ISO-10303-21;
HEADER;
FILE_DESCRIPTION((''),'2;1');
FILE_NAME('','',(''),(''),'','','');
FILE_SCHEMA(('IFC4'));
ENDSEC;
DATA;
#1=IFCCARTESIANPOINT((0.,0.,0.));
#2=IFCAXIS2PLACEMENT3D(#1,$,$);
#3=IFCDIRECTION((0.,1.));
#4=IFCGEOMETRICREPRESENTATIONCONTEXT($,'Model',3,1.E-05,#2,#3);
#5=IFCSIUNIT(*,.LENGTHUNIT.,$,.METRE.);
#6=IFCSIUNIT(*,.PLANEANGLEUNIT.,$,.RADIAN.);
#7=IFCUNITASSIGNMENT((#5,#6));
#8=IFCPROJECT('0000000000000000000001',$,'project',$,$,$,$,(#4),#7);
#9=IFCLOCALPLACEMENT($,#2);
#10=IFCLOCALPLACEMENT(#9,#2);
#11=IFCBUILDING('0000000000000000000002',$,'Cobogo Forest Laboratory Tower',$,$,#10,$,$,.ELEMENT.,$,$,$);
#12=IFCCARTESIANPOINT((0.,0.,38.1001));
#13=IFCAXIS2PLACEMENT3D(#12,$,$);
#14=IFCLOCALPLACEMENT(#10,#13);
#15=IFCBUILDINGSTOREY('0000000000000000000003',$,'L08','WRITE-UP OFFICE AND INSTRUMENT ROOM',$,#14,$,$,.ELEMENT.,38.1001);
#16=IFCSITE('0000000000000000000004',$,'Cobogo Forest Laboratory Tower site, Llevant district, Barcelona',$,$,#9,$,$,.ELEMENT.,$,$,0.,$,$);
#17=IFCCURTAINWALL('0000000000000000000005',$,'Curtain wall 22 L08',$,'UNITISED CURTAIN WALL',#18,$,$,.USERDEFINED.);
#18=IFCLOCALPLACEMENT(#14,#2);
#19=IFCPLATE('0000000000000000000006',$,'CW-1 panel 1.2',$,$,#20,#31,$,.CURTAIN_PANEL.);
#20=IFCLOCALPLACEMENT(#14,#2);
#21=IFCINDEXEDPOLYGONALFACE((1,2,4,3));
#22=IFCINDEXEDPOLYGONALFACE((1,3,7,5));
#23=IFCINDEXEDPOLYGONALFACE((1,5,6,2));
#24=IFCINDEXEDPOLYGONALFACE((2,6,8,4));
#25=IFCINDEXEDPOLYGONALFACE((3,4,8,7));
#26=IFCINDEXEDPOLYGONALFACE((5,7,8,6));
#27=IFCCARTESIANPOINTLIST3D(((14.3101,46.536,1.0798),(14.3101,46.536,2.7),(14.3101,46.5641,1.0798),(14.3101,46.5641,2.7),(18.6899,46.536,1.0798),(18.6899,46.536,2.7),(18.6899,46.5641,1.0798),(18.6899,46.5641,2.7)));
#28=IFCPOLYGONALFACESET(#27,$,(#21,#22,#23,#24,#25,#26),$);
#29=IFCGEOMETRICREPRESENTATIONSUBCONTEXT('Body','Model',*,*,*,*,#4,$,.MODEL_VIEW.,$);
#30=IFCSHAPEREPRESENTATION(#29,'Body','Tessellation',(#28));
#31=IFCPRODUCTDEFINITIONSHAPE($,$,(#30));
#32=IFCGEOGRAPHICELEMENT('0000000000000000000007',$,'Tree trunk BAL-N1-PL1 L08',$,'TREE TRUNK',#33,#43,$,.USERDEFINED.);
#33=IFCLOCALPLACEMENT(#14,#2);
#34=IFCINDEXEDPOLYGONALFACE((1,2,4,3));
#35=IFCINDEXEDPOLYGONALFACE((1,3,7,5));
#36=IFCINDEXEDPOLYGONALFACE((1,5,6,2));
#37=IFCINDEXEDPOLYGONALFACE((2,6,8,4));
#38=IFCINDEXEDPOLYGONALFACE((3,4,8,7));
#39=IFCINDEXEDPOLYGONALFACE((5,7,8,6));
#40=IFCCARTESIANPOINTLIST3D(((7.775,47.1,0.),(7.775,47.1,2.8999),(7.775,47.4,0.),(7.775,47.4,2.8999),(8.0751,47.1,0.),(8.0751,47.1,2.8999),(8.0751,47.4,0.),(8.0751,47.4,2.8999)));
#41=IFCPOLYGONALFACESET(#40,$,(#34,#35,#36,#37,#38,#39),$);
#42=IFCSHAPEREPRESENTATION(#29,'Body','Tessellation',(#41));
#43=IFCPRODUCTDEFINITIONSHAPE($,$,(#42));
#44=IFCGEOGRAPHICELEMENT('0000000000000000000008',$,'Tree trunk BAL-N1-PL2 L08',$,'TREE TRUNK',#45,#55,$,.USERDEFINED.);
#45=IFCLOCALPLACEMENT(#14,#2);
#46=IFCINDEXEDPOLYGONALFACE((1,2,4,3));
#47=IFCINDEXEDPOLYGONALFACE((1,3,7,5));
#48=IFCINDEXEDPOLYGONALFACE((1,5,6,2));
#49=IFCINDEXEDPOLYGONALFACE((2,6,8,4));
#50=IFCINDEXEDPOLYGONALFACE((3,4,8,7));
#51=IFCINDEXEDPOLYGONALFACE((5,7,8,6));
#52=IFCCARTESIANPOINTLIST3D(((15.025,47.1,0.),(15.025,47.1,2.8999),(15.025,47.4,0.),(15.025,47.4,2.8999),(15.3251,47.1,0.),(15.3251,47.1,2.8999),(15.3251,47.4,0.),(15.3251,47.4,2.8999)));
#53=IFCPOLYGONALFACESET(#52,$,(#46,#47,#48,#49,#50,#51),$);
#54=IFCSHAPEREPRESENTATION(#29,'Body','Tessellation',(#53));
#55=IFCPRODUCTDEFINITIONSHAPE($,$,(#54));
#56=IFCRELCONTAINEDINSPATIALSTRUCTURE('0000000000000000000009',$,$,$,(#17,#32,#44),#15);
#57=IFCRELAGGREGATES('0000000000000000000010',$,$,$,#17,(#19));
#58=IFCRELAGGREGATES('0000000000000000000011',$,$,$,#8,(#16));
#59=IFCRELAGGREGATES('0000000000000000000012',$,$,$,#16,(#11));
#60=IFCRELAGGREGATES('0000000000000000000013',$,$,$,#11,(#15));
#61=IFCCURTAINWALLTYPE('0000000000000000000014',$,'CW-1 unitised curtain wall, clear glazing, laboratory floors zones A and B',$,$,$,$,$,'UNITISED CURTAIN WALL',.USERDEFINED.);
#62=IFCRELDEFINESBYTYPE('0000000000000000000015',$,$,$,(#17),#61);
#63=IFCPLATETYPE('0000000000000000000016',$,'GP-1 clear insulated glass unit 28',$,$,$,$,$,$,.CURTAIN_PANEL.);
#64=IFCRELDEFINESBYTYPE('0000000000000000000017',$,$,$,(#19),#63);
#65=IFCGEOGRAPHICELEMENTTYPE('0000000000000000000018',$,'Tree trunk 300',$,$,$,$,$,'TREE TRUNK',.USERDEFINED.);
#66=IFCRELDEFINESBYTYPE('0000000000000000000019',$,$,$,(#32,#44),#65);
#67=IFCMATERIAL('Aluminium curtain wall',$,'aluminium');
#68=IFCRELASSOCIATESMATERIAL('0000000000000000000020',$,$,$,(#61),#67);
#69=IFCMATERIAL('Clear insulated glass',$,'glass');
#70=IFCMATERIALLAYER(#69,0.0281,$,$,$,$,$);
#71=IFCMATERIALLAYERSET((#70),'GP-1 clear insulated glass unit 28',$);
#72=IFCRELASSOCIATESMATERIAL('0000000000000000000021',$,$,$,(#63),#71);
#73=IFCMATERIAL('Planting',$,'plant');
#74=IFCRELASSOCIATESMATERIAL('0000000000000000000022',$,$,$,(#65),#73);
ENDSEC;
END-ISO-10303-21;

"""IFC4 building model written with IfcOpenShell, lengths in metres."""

from ifc_helpers import new_model, si_unit, direction, frame, origin, origin_2d, place, context, subcontext, project, spatial, rectangle, extrude, material, layer, layer_set, type_object, element, aggregate, save


model = new_model("IFC4")

# Units and contexts
model_context = context("Model", 3, precision=1e-05, world=origin(), true_north=direction((0.0, 1.0)))
body_context = subcontext(model_context, "Body", "Model", "MODEL_VIEW")
ifc_project = project(units=[si_unit("LENGTHUNIT", "METRE"), si_unit("PLANEANGLEUNIT", "RADIAN")], contexts=[model_context])

# Site, building, storey
site_placement = place(None, origin())
site = spatial("IfcSite", under=ifc_project, at=site_placement, Name="Cobogo Forest Laboratory Tower site, Llevant district, Barcelona", CompositionType="ELEMENT", RefElevation=0.0)
building_placement = place(site_placement, origin())
building = spatial("IfcBuilding", under=site, at=building_placement, Name="Cobogo Forest Laboratory Tower", CompositionType="ELEMENT")
storey_placement = place(building_placement, frame((0.0, 0.0, 38.1001)))
storey = spatial("IfcBuildingStorey", under=building, at=storey_placement, Name="L08", Description="WRITE-UP OFFICE AND INSTRUMENT ROOM", CompositionType="ELEMENT", Elevation=38.1001)

# Curtain wall
ifc_material_1 = material(Name="Aluminium curtain wall", Category="aluminium")
curtain_wall_type = type_object("IfcCurtainWallType", Name="CW-1 unitised curtain wall, clear glazing, laboratory floors zones A and B", ElementType="UNITISED CURTAIN WALL", PredefinedType="USERDEFINED", material=ifc_material_1)
curtain_wall_1_placement = place(storey_placement, origin())
curtain_wall_1 = element("IfcCurtainWall", 1, at=curtain_wall_1_placement, inside=storey, type_object=curtain_wall_type, Name="Curtain wall 22 L08", ObjectType="UNITISED CURTAIN WALL", PredefinedType="USERDEFINED")

# Plate
ifc_material_2 = material(Name="Clear insulated glass", Category="glass")
ifc_layer_1 = layer(ifc_material_2, 0.0281)
ifc_layer_set_1 = layer_set([ifc_layer_1], Name="GP-1 clear insulated glass unit 28")
plate_type = type_object("IfcPlateType", Name="GP-1 clear insulated glass unit 28", PredefinedType="CURTAIN_PANEL", material=ifc_layer_set_1)
plate_1_placement = place(storey_placement, frame((16.5, 46.55, 1.0798), z_axis=(0.0, 0.0, 1.0), x_axis=(-1.0, 0.0, 0.0)))
plate_1 = element("IfcPlate", 2, at=plate_1_placement, type_object=plate_type, Name="CW-1 panel 1.2", PredefinedType="CURTAIN_PANEL", context=body_context, shape_type="SweptSolid", body=[
    extrude(rectangle(XDim=4.3799, YDim=0.0281, at=origin_2d()), origin(), (0.0, 0.0, 1.0), 1.6201),
])
aggregate(curtain_wall_1, [plate_1])

# Geographic elements
ifc_material_3 = material(Name="Planting", Category="plant")
geographic_element_type = type_object("IfcGeographicElementType", Name="Tree trunk 300", ElementType="TREE TRUNK", PredefinedType="USERDEFINED", material=ifc_material_3)
for number, where, z_axis, x_axis, name in (
    (3, (7.925, 47.25, 0.0), (0.0, 0.0, 1.0), (1.0, 0.0, 0.0), "Tree trunk BAL-N1-PL1 L08"),
    (4, (15.175, 47.25, 0.0), (0.0, 0.0, 1.0), (1.0, 0.0, 0.0), "Tree trunk BAL-N1-PL2 L08"),
):
    element("IfcGeographicElement", number, at=place(storey_placement, frame(where, z_axis=z_axis, x_axis=x_axis)), inside=storey, type_object=geographic_element_type, Name=name, ObjectType="TREE TRUNK", PredefinedType="USERDEFINED", context=body_context, shape_type="SweptSolid", body=[
        extrude(rectangle(XDim=0.3, YDim=0.3, at=origin_2d()), origin(), (0.0, 0.0, 1.0), 2.8999),
    ])

save(model, "model.ifc")
